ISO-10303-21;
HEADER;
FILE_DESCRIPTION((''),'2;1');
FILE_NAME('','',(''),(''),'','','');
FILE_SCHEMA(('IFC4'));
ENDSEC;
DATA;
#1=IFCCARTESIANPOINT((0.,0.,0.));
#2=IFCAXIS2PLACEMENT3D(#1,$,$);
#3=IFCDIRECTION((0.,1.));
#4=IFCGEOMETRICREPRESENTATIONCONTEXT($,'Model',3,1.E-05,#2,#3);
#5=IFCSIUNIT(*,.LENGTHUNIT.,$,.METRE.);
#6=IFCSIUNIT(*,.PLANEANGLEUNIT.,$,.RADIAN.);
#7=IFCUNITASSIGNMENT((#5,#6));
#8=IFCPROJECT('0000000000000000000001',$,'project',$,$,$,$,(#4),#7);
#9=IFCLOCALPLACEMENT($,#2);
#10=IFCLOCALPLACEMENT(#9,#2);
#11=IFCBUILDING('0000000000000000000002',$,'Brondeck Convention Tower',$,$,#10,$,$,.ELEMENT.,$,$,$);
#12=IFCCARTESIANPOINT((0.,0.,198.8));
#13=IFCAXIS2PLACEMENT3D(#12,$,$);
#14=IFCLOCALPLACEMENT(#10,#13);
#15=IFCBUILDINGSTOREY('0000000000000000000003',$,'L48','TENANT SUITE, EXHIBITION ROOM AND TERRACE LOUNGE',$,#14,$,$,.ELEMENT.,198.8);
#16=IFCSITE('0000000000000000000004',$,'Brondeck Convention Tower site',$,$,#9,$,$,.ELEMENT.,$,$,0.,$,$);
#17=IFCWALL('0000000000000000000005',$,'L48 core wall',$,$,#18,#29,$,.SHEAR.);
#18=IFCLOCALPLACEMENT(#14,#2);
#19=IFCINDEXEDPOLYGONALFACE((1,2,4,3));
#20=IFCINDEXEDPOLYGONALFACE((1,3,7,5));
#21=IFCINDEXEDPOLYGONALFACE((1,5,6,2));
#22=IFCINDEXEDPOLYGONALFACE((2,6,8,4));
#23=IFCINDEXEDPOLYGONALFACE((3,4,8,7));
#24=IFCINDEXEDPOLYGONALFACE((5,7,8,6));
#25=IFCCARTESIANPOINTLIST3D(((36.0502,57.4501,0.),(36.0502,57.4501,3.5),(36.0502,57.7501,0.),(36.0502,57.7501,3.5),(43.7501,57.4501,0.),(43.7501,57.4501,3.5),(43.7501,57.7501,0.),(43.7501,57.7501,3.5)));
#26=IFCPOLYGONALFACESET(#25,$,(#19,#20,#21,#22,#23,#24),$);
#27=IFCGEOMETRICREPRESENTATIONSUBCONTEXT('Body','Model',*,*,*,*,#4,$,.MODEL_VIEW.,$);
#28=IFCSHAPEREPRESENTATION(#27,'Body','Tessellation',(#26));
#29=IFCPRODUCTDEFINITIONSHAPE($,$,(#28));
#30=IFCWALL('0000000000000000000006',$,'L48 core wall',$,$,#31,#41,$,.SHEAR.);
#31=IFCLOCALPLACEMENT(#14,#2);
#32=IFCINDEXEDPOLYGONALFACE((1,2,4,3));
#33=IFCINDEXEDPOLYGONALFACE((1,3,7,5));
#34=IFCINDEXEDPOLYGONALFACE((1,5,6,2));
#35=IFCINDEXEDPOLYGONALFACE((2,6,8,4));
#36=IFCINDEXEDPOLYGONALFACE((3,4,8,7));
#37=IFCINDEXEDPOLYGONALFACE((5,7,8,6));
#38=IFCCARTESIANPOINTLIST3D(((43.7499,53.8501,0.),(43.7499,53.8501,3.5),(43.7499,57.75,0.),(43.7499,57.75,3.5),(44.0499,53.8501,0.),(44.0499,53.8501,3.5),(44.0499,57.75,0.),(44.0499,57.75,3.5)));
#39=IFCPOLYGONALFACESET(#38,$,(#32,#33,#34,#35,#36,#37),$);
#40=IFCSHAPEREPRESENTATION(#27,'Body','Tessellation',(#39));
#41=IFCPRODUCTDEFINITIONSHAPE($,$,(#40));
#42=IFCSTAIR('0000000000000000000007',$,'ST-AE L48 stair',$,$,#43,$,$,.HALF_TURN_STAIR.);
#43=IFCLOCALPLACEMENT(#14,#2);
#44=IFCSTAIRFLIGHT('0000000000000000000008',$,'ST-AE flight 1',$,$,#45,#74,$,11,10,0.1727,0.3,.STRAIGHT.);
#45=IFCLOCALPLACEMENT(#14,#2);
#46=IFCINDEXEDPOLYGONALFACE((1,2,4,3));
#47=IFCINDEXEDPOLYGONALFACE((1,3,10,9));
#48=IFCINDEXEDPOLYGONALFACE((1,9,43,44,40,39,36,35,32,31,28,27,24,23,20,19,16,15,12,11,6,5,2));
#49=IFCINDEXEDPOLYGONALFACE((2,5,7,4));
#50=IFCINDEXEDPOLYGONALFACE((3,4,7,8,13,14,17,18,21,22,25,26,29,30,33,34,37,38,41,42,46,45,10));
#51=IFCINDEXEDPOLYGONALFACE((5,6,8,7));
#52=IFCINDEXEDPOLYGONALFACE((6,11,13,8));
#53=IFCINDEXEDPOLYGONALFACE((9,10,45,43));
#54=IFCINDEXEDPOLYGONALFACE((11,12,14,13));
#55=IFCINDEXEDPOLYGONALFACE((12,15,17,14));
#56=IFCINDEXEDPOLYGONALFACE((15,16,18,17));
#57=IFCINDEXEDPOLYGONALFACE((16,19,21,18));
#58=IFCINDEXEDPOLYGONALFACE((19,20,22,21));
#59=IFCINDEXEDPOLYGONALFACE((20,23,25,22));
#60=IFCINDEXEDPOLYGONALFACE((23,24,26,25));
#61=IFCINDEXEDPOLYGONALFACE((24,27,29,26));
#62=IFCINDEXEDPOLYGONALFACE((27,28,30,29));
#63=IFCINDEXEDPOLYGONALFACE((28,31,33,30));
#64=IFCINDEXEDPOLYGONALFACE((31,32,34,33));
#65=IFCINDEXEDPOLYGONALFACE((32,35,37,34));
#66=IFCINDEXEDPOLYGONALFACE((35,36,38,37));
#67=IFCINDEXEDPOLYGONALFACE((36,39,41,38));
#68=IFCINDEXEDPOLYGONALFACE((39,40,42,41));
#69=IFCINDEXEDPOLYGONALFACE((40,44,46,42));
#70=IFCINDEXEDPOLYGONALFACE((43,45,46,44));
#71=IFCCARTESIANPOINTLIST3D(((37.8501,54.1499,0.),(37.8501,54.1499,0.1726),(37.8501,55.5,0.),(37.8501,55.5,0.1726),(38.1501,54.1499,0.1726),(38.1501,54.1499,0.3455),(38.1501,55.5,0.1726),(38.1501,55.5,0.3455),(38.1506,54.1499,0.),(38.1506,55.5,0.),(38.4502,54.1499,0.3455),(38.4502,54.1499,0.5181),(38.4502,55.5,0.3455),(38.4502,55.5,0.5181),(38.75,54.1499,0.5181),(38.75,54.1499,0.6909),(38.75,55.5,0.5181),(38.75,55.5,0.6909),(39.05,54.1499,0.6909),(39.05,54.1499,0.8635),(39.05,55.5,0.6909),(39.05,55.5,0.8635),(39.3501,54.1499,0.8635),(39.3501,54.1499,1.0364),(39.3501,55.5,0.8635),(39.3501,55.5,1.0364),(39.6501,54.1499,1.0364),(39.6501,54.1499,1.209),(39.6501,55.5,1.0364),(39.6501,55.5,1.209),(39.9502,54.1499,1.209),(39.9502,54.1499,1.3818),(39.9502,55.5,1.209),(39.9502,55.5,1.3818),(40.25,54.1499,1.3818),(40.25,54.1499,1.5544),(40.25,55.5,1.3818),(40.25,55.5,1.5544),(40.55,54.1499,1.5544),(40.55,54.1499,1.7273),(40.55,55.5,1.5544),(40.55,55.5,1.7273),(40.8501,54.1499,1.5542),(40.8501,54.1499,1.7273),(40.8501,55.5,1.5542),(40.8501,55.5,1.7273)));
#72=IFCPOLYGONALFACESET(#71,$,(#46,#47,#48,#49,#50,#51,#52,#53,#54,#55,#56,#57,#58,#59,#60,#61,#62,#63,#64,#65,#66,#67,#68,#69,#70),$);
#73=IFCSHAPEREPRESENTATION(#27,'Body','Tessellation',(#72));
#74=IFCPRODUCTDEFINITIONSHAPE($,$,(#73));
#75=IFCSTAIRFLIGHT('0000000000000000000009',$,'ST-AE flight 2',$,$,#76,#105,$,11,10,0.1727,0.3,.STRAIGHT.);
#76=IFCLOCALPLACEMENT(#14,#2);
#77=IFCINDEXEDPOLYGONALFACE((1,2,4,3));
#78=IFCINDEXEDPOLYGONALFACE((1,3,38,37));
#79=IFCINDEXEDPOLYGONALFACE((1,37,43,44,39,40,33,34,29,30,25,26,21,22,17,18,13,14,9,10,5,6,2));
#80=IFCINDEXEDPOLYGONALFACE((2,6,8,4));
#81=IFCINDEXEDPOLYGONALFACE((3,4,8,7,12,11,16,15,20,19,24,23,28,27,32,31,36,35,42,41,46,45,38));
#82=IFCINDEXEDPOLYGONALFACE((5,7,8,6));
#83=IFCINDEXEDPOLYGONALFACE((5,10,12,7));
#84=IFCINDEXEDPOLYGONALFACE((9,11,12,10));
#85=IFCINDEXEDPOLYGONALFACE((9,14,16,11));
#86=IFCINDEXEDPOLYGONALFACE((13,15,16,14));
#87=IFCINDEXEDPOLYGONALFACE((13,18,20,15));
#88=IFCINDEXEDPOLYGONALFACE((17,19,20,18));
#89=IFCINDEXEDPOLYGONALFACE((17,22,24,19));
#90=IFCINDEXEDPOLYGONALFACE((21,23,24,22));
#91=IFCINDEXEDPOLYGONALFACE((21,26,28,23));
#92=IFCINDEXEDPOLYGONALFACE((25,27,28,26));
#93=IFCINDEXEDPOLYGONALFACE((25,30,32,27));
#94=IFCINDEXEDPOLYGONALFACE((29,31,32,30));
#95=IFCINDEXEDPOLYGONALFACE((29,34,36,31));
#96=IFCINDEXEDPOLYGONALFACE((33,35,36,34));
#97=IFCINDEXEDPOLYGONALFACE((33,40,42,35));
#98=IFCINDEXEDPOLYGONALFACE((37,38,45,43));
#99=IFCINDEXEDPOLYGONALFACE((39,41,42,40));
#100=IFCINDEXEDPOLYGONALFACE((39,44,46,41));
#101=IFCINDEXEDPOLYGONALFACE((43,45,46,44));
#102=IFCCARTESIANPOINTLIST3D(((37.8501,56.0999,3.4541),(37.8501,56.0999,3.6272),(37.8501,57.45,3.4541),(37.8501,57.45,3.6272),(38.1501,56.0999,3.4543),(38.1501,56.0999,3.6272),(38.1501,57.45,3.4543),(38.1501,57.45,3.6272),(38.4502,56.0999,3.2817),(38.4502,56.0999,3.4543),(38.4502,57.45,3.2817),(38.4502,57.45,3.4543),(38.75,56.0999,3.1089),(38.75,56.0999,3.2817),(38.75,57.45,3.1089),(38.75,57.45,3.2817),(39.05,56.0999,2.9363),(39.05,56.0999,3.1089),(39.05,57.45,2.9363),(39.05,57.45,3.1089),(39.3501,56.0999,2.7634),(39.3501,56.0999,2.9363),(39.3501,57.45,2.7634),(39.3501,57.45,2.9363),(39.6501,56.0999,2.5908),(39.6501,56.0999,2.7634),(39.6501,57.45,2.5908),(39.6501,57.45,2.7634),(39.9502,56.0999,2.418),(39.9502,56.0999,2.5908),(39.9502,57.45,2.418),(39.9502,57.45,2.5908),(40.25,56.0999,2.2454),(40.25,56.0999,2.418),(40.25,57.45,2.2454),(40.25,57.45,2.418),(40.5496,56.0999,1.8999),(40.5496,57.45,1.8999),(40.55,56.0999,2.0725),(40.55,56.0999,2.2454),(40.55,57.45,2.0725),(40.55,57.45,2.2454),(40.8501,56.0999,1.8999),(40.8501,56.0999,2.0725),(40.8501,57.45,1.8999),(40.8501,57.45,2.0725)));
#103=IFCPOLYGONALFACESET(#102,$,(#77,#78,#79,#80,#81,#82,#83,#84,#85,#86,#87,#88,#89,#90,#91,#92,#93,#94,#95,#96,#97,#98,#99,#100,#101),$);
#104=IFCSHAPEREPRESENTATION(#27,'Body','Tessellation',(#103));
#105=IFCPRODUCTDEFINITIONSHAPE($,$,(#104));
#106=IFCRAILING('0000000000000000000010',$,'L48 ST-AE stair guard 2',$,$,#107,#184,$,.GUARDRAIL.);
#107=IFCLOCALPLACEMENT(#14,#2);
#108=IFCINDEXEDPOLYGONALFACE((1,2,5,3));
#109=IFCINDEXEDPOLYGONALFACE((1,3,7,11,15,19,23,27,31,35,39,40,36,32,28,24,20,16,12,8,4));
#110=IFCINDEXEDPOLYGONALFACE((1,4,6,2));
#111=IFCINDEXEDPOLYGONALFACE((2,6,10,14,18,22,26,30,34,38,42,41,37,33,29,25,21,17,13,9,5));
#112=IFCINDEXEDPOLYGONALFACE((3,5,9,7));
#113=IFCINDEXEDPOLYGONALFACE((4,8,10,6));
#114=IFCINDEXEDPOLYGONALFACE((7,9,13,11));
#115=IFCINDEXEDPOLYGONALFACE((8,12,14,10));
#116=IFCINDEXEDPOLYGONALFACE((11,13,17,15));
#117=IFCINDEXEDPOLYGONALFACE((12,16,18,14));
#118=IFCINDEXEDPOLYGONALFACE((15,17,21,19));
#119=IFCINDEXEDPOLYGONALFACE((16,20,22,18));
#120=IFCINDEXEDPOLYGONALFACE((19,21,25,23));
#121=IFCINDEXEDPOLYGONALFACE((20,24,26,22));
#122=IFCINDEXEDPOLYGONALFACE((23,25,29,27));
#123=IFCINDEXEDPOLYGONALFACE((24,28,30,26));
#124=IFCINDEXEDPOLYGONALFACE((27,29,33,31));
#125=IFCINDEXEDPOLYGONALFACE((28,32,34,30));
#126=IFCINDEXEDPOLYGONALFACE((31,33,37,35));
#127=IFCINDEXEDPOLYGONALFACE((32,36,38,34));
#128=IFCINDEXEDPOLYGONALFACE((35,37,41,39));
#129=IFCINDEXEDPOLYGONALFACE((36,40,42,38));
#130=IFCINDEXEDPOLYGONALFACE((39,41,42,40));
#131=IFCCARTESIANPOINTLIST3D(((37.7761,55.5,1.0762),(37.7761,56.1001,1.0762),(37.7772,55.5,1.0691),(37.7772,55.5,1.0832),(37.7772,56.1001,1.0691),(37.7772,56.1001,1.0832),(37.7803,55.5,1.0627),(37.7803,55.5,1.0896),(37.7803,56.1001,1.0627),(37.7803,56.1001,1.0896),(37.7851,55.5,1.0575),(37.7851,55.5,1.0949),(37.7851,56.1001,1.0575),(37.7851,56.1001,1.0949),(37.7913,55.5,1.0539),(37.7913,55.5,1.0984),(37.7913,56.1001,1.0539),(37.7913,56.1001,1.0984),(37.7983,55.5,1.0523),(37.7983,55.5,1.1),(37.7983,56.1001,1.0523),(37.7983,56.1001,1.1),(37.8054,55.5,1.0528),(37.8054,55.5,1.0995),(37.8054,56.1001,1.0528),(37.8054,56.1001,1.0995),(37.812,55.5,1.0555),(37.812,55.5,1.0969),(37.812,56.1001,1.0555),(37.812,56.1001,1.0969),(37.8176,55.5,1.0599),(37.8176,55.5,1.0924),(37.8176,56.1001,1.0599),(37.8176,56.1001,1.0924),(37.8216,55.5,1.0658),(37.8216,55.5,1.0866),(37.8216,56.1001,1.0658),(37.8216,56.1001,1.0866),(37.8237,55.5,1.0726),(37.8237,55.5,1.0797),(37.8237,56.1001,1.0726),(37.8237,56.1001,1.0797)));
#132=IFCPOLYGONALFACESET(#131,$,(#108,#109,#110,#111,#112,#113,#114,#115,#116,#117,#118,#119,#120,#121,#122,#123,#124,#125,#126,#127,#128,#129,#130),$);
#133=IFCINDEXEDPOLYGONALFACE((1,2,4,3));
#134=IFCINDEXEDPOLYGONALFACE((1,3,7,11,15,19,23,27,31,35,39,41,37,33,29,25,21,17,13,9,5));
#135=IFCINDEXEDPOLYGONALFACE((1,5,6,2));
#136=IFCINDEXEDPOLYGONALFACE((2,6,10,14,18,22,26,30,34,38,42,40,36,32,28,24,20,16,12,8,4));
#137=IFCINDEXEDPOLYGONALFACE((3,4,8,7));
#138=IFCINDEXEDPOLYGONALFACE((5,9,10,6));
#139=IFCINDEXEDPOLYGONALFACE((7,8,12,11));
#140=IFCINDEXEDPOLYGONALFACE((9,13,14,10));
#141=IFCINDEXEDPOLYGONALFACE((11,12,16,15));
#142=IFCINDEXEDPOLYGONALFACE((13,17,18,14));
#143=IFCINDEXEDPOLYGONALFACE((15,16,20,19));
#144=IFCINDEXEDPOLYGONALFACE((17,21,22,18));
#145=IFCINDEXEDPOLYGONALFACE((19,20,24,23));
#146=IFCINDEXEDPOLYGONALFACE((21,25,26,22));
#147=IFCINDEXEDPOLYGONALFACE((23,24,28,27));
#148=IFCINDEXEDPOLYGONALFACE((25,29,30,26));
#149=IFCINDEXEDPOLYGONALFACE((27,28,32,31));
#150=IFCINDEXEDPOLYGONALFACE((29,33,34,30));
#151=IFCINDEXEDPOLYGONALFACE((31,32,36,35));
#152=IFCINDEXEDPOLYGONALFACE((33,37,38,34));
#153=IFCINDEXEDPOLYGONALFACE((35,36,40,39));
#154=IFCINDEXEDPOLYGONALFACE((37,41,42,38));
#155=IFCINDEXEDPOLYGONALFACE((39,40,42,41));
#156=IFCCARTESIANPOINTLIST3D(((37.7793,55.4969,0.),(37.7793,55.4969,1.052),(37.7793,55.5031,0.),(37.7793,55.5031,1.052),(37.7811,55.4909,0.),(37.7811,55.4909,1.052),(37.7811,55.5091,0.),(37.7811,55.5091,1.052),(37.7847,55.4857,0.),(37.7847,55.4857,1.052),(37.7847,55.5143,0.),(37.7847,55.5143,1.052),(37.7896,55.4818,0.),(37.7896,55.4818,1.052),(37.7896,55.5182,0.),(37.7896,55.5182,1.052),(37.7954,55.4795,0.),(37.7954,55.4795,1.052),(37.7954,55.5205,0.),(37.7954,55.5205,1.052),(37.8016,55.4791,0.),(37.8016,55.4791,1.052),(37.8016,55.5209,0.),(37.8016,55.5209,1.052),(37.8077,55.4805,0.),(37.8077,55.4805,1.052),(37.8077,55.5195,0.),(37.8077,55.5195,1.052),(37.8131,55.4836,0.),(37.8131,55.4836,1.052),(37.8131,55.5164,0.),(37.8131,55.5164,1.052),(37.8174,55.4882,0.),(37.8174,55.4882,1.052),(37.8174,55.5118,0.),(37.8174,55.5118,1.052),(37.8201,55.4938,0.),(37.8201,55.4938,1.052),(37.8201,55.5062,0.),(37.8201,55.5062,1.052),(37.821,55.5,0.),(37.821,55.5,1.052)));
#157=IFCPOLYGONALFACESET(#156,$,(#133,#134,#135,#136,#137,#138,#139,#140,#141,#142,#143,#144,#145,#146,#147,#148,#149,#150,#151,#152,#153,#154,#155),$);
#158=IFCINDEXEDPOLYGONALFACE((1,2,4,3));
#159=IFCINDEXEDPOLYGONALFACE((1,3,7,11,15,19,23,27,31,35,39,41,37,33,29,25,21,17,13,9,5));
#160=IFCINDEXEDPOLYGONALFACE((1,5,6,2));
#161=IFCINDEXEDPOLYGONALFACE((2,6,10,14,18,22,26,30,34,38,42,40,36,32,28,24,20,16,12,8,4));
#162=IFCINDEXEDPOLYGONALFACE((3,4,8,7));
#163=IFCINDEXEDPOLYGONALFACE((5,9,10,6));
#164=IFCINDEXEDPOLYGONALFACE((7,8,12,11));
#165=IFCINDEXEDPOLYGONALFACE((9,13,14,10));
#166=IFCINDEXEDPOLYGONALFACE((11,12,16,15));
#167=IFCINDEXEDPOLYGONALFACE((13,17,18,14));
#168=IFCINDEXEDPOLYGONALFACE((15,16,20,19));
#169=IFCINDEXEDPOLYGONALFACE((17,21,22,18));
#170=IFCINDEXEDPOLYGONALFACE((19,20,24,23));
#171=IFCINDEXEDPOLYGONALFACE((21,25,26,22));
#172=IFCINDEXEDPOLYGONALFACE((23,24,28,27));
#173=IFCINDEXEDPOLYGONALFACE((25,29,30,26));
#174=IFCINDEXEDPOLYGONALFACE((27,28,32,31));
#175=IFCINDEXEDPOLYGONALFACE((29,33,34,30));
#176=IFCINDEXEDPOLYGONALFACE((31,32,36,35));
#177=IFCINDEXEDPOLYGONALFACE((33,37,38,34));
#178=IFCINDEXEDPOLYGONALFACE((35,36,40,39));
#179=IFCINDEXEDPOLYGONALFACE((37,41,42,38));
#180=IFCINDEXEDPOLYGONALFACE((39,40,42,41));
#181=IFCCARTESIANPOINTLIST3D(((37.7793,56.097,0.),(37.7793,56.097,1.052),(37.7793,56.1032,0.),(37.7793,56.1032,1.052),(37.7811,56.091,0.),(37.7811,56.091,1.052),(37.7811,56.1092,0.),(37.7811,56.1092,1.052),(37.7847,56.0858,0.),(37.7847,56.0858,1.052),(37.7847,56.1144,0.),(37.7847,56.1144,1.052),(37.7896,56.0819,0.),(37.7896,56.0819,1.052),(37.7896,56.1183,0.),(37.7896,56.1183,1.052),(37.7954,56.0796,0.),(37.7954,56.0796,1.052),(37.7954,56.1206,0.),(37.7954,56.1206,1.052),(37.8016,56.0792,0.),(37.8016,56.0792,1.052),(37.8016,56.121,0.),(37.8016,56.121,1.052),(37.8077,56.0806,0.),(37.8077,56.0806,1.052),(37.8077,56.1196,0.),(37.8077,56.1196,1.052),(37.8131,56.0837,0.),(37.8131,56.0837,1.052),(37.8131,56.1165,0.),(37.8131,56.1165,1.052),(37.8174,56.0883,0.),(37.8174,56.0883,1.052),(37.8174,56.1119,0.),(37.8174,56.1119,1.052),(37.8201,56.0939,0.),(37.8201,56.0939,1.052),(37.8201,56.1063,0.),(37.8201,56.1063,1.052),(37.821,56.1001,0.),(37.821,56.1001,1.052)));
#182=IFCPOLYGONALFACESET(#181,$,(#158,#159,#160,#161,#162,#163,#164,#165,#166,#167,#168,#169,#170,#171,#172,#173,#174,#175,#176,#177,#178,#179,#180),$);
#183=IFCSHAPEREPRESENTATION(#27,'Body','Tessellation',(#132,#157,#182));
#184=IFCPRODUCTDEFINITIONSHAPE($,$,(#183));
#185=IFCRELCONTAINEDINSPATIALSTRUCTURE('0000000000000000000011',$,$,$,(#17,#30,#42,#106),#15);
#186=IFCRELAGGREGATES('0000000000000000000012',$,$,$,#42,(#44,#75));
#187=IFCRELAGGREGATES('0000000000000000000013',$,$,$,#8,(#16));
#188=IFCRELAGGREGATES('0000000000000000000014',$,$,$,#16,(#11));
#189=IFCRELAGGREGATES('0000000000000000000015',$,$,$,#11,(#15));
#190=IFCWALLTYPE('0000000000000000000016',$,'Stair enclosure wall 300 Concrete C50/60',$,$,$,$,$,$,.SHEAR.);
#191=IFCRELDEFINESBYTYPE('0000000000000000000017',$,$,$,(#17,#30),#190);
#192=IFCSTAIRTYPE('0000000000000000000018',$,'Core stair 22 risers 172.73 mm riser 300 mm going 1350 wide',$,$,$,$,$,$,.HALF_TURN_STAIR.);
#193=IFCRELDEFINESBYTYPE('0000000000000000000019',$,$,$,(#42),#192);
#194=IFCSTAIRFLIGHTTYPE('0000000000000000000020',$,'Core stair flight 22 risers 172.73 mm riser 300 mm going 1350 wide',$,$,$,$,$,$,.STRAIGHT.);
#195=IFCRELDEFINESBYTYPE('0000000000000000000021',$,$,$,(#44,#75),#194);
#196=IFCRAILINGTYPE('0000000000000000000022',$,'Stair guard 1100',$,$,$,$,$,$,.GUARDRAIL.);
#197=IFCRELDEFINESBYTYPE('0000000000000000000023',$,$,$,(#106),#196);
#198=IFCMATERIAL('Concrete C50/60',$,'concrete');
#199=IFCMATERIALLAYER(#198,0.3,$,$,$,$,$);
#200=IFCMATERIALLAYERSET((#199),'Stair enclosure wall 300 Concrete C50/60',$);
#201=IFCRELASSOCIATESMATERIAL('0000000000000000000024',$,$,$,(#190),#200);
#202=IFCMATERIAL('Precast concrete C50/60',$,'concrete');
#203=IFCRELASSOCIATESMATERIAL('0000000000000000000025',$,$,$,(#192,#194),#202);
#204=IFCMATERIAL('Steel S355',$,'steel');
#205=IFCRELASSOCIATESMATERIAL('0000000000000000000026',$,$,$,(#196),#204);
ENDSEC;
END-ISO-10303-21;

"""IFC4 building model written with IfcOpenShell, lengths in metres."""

from ifc_helpers import new_model, si_unit, direction, frame, frame_2d, origin, origin_2d, place, context, subcontext, project, spatial, polyline, rectangle, circle, outline, extrude, material, layer, layer_set, type_object, element, aggregate, save


model = new_model("IFC4")

# Units and contexts
model_context = context("Model", 3, precision=1e-05, world=origin(), true_north=direction((0.0, 1.0)))
body_context = subcontext(model_context, "Body", "Model", "MODEL_VIEW")
ifc_project = project(units=[si_unit("LENGTHUNIT", "METRE"), si_unit("PLANEANGLEUNIT", "RADIAN")], contexts=[model_context])

# Site, building, storey
site_placement = place(None, origin())
site = spatial("IfcSite", under=ifc_project, at=site_placement, Name="Brondeck Convention Tower site", CompositionType="ELEMENT", RefElevation=0.0)
building_placement = place(site_placement, origin())
building = spatial("IfcBuilding", under=site, at=building_placement, Name="Brondeck Convention Tower", CompositionType="ELEMENT")
storey_placement = place(building_placement, frame((0.0, 0.0, 198.8)))
storey = spatial("IfcBuildingStorey", under=building, at=storey_placement, Name="L48", Description="TENANT SUITE, EXHIBITION ROOM AND TERRACE LOUNGE", CompositionType="ELEMENT", Elevation=198.8)

# Shared definitions
ifc_material_1 = material(Name="Concrete C50/60", Category="concrete")

# Shared definitions
ifc_material_2 = material(Name="Steel S355", Category="steel")

# Shared definitions
ifc_layer_1 = layer(ifc_material_1, 0.3)
ifc_layer_set_1 = layer_set([ifc_layer_1], Name="Stair enclosure wall 300 Concrete C50/60")
wall_type_1 = type_object("IfcWallType", Name="Stair enclosure wall 300 Concrete C50/60", PredefinedType="SHEAR", material=ifc_layer_set_1)

# Walls
wall_1_placement = place(storey_placement, frame((36.05, 57.6001, 0.0), z_axis=(0.0, 0.0, 1.0), x_axis=(1.0, 0.0, 0.0)))
element("IfcWall", 1, at=wall_1_placement, inside=storey, type_object=wall_type_1, Name="L48 core wall", PredefinedType="SHEAR", context=body_context, shape_type="SweptSolid", body=[
    extrude(rectangle(XDim=7.7, YDim=0.3, at=frame_2d((3.8501, 0.0))), origin(), (0.0, 0.0, 1.0), 3.5),
])
wall_2_placement = place(storey_placement, frame((43.8999, 53.8501, 0.0), z_axis=(0.0, 0.0, 1.0), x_axis=(0.0, 1.0, 0.0)))
element("IfcWall", 2, at=wall_2_placement, inside=storey, type_object=wall_type_1, Name="L48 core wall", PredefinedType="SHEAR", context=body_context, shape_type="SweptSolid", body=[
    extrude(rectangle(XDim=3.8999, YDim=0.3, at=frame_2d((1.95, 0.0))), origin(), (0.0, 0.0, 1.0), 3.5),
])

# Stair, stair flights
ifc_material_3 = material(Name="Precast concrete C50/60", Category="concrete")
stair_type = type_object("IfcStairType", Name="Core stair 22 risers 172.73 mm riser 300 mm going 1350 wide", PredefinedType="HALF_TURN_STAIR", material=ifc_material_3)
stair_placement = place(storey_placement, origin())
stair = element("IfcStair", 3, at=stair_placement, inside=storey, type_object=stair_type, Name="ST-AE L48 stair", PredefinedType="HALF_TURN_STAIR")
stair_flight_type = type_object("IfcStairFlightType", Name="Core stair flight 22 risers 172.73 mm riser 300 mm going 1350 wide", PredefinedType="STRAIGHT", material=ifc_material_3)
stair_flight_1_placement = place(storey_placement, frame((37.8501, 54.825, 0.0), z_axis=(0.0, 0.0, 1.0), x_axis=(1.0, 0.0, 0.0)))
stair_flight_1 = element("IfcStairFlight", 4, at=stair_flight_1_placement, type_object=stair_flight_type, Name="ST-AE flight 1", NumberOfRisers=11, NumberOfTreads=10, PredefinedType="STRAIGHT", RiserHeight=0.1727, TreadLength=0.3, context=body_context, shape_type="SweptSolid", body=[
    extrude(outline(polyline([(0.0, 0.0), (0.0, 0.1726), (0.3, 0.1726), (0.3, 0.3455), (0.6001, 0.3455), (0.6001, 0.5181), (0.8999, 0.5181), (0.8999, 0.6909), (1.2, 0.6909), (1.2, 0.8635), (1.5, 0.8635), (1.5, 1.0364), (1.8, 1.0364), (1.8, 1.209), (2.1001, 1.209), (2.1001, 1.3818), (2.3999, 1.3818), (2.3999, 1.5544), (2.7, 1.5544), (2.7, 1.7273), (3.0, 1.7273), (3.0, 1.8999), (3.0, 1.5542), (0.3005, 0.0), (0.0, 0.0)])), frame((0.0, 0.675, 0.0), z_axis=(0.0, -1.0, 0.0), x_axis=(1.0, 0.0, 0.0)), (0.0, 0.0, 1.0), 1.3501),
])
stair_flight_2_placement = place(storey_placement, frame((40.8501, 56.7749, 1.8999), z_axis=(0.0, 0.0, 1.0), x_axis=(-1.0, 0.0, 0.0)))
stair_flight_2 = element("IfcStairFlight", 5, at=stair_flight_2_placement, type_object=stair_flight_type, Name="ST-AE flight 2", NumberOfRisers=11, NumberOfTreads=10, PredefinedType="STRAIGHT", RiserHeight=0.1727, TreadLength=0.3, context=body_context, shape_type="SweptSolid", body=[
    extrude(outline(polyline([(0.0, 0.0), (0.0, 0.1726), (0.3, 0.1726), (0.3, 0.3455), (0.6001, 0.3455), (0.6001, 0.5181), (0.8999, 0.5181), (0.8999, 0.6909), (1.2, 0.6909), (1.2, 0.8635), (1.5, 0.8635), (1.5, 1.0364), (1.8, 1.0364), (1.8, 1.209), (2.1001, 1.209), (2.1001, 1.3818), (2.3999, 1.3818), (2.3999, 1.5544), (2.7, 1.5544), (2.7, 1.7273), (3.0, 1.7273), (3.0, 1.8999), (3.0, 1.5542), (0.3005, 0.0), (0.0, 0.0)])), frame((0.0, 0.675, 0.0), z_axis=(0.0, -1.0, 0.0), x_axis=(1.0, 0.0, 0.0)), (0.0, 0.0, 1.0), 1.3501),
])
aggregate(stair, [stair_flight_1, stair_flight_2])

# Railing
railing_type_1 = type_object("IfcRailingType", Name="Stair guard 1100", PredefinedType="GUARDRAIL", material=ifc_material_2)
railing_1_placement = place(storey_placement, frame((37.8, 55.5, 0.0)))
element("IfcRailing", 6, at=railing_1_placement, inside=storey, type_object=railing_type_1, Name="L48 ST-AE stair guard 2", PredefinedType="GUARDRAIL", context=body_context, shape_type="SweptSolid", body=[
    extrude(circle(Radius=0.0239, at=origin_2d()), frame((0.0, 0.0, 1.0762), z_axis=(0.0, 1.0, 0.0), x_axis=(-1.0, 0.0, 0.0)), (0.0, 0.0, 1.0), 0.6001),
    extrude(circle(Radius=0.021, at=origin_2d()), origin(), (0.0, 0.0, 1.0), 1.052),
    extrude(circle(Radius=0.021, at=origin_2d()), frame((0.0, 0.6001, 0.0)), (0.0, 0.0, 1.0), 1.052),
])

save(model, "model.ifc")
